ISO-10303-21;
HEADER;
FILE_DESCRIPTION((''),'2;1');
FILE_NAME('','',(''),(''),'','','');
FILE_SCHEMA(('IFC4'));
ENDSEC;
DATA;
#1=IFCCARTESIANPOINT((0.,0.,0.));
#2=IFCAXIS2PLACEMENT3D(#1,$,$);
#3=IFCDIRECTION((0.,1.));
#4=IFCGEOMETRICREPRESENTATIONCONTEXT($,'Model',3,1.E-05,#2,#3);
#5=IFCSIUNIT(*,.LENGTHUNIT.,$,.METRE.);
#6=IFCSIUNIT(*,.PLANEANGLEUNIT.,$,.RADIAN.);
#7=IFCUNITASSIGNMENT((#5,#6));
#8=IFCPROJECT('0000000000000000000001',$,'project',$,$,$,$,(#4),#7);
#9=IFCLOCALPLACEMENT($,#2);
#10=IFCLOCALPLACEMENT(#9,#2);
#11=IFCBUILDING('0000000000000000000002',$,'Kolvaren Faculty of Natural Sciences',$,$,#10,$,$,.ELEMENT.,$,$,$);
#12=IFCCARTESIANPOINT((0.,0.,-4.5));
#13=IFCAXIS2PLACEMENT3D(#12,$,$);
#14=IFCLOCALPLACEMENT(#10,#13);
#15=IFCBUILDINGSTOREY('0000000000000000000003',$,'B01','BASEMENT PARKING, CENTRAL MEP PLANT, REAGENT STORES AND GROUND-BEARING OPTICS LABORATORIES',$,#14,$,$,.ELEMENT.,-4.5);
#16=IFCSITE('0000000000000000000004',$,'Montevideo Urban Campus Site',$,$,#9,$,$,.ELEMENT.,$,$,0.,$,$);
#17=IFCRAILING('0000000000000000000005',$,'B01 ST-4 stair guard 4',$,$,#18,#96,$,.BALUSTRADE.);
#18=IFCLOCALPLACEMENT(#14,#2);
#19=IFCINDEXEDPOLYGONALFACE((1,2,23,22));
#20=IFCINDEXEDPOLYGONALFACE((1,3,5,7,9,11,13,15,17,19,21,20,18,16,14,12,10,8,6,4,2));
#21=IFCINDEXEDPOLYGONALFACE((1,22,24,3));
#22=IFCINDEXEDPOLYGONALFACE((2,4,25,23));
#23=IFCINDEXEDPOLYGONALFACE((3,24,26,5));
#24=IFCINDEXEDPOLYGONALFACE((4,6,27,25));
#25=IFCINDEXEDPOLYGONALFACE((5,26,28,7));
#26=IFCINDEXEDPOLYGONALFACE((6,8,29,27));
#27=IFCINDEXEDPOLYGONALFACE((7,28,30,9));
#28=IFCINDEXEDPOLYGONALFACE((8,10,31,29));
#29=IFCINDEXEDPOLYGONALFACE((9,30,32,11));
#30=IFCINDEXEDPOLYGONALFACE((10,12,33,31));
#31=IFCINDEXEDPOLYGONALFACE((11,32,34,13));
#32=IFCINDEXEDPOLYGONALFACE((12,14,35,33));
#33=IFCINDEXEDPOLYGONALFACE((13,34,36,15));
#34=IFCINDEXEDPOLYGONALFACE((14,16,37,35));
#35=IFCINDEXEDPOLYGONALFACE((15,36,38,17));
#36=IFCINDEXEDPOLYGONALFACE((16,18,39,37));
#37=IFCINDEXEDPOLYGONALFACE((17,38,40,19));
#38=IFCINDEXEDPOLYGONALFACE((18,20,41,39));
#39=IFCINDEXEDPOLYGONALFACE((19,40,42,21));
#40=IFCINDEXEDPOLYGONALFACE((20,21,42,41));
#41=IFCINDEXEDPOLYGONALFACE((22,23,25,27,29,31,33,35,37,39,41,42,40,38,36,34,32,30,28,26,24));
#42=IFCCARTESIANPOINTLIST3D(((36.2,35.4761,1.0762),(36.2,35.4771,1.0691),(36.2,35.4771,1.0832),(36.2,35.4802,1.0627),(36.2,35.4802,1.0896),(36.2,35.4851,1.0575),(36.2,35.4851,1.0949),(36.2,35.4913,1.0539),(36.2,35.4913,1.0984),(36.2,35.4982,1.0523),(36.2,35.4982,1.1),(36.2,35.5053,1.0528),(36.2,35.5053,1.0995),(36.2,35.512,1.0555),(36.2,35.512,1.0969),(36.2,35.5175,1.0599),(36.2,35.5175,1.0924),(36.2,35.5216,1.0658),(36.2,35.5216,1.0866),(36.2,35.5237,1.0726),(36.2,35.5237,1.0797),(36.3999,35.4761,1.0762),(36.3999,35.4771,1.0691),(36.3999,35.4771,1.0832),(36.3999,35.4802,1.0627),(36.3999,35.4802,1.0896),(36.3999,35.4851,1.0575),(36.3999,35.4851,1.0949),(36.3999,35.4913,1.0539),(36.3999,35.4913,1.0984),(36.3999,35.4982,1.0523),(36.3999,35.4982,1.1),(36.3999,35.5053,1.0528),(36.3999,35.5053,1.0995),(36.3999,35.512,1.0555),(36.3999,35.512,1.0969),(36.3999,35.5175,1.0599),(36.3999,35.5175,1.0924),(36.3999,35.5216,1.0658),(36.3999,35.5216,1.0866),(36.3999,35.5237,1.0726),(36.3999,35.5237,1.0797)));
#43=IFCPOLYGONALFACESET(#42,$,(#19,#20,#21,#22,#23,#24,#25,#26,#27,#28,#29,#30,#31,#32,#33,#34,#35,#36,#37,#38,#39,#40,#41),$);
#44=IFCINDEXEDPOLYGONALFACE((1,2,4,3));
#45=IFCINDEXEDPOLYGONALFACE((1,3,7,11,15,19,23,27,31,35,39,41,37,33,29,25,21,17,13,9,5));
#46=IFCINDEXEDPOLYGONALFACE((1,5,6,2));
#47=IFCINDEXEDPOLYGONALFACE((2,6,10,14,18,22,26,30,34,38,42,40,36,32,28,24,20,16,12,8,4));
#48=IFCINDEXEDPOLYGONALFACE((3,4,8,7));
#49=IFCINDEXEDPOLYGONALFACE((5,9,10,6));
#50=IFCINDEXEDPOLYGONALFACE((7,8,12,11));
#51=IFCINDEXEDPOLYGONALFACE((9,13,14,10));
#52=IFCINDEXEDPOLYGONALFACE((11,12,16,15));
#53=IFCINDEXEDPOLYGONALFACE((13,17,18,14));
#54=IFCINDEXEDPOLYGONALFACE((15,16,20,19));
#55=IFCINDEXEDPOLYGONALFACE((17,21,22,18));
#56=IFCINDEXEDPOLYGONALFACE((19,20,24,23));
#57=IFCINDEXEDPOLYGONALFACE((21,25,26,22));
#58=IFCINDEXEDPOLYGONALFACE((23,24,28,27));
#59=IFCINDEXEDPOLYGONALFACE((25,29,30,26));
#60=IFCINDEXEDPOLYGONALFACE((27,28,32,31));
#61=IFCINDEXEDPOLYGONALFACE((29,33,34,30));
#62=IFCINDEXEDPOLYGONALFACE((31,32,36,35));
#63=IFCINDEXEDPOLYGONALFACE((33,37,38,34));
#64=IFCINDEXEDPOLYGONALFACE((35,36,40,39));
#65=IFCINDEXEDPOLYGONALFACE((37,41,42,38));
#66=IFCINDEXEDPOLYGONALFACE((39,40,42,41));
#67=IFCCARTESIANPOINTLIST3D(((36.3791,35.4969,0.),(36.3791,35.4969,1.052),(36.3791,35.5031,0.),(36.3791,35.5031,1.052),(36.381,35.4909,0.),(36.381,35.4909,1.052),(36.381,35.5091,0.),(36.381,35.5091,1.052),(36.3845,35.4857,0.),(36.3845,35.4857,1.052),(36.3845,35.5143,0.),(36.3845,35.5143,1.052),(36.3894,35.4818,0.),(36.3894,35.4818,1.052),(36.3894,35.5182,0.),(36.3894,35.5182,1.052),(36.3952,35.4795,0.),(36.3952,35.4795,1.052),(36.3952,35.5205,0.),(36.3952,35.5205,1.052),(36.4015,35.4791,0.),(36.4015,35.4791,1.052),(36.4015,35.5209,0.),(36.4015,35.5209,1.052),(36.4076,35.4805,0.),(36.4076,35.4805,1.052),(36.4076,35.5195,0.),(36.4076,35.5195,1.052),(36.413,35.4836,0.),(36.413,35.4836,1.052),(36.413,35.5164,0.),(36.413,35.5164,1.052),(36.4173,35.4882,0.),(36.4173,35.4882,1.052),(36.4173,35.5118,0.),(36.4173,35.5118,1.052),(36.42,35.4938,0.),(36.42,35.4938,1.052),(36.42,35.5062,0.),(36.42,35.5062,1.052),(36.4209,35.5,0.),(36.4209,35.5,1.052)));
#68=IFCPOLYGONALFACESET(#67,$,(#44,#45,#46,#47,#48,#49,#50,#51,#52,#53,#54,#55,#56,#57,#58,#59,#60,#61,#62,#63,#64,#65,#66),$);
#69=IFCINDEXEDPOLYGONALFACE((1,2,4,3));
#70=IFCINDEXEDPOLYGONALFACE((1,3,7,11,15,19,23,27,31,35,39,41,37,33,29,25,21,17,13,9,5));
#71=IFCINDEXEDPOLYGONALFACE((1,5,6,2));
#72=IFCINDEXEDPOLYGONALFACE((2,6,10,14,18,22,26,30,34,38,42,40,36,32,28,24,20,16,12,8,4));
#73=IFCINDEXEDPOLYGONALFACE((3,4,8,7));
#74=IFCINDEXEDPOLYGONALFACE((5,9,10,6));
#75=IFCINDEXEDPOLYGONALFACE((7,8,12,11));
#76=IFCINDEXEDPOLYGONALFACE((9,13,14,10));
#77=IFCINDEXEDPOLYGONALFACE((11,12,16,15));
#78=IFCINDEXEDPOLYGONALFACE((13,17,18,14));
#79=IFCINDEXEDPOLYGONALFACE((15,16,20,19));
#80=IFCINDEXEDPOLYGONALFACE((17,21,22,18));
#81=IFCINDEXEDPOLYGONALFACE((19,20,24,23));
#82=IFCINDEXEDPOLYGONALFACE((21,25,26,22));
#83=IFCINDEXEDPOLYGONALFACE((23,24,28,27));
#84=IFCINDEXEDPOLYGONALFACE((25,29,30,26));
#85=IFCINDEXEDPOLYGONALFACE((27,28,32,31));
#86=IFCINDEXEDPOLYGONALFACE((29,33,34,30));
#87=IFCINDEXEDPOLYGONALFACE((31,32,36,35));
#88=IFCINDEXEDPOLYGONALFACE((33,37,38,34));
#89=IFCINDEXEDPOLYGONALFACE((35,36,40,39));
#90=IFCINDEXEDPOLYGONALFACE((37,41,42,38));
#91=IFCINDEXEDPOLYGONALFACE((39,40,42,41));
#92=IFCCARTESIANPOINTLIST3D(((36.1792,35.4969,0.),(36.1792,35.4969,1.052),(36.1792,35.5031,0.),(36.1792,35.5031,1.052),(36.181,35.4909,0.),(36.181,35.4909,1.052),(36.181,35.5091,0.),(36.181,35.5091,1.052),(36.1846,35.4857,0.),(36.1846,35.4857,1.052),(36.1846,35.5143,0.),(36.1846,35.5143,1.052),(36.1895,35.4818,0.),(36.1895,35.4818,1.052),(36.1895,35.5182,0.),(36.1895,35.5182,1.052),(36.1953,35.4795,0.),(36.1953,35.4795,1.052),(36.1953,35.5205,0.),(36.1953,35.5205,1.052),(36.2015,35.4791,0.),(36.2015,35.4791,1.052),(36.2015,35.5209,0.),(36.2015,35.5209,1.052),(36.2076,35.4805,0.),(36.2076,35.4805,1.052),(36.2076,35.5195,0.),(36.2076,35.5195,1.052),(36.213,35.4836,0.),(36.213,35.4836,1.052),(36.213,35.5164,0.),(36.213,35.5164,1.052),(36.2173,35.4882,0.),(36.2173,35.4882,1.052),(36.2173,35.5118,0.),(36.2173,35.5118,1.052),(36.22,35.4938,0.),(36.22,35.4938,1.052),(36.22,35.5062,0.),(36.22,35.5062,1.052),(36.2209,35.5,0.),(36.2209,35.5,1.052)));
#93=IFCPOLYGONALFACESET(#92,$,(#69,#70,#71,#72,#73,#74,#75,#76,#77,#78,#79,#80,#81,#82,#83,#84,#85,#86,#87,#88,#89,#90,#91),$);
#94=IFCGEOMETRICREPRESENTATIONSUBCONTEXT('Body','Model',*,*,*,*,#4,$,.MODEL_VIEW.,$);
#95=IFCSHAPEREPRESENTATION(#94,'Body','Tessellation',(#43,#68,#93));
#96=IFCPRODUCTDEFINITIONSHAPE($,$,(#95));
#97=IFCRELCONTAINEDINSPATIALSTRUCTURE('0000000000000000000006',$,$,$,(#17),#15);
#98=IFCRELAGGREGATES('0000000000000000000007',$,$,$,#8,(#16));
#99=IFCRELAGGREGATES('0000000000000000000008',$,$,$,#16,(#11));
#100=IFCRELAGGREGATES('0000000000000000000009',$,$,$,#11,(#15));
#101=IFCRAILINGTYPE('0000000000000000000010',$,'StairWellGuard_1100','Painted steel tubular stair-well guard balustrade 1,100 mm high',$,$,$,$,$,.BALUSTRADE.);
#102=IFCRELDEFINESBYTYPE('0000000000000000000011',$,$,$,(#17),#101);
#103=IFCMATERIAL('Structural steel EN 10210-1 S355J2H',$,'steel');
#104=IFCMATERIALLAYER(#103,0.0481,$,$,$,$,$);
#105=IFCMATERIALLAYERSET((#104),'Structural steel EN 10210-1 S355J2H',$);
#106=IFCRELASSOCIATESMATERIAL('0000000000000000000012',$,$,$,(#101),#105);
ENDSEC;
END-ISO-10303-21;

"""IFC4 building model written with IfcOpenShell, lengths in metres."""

from ifc_helpers import new_model, si_unit, direction, frame, origin, origin_2d, place, context, subcontext, project, spatial, circle, extrude, material, layer, layer_set, type_object, element, save


model = new_model("IFC4")

# Units and contexts
model_context = context("Model", 3, precision=1e-05, world=origin(), true_north=direction((0.0, 1.0)))
body_context = subcontext(model_context, "Body", "Model", "MODEL_VIEW")
ifc_project = project(units=[si_unit("LENGTHUNIT", "METRE"), si_unit("PLANEANGLEUNIT", "RADIAN")], contexts=[model_context])

# Site, building, storey
site_placement = place(None, origin())
site = spatial("IfcSite", under=ifc_project, at=site_placement, Name="Montevideo Urban Campus Site", CompositionType="ELEMENT", RefElevation=0.0)
building_placement = place(site_placement, origin())
building = spatial("IfcBuilding", under=site, at=building_placement, Name="Kolvaren Faculty of Natural Sciences", CompositionType="ELEMENT")
storey_placement = place(building_placement, frame((0.0, 0.0, -4.5)))
storey = spatial("IfcBuildingStorey", under=building, at=storey_placement, Name="B01", Description="BASEMENT PARKING, CENTRAL MEP PLANT, REAGENT STORES AND GROUND-BEARING OPTICS LABORATORIES", CompositionType="ELEMENT", Elevation=-4.5)

# Railing
ifc_material_1 = material(Name="Structural steel EN 10210-1 S355J2H", Category="steel")
ifc_layer_1 = layer(ifc_material_1, 0.0481)
ifc_layer_set_1 = layer_set([ifc_layer_1], Name="Structural steel EN 10210-1 S355J2H")
railing_type_1 = type_object("IfcRailingType", Name="StairWellGuard_1100", Description="Painted steel tubular stair-well guard balustrade 1,100 mm high", PredefinedType="BALUSTRADE", material=ifc_layer_set_1)
railing_1_placement = place(storey_placement, frame((36.3999, 35.5, 0.0)))
element("IfcRailing", 1, at=railing_1_placement, inside=storey, type_object=railing_type_1, Name="B01 ST-4 stair guard 4", PredefinedType="BALUSTRADE", context=body_context, shape_type="SweptSolid", body=[
    extrude(circle(Radius=0.0239, at=origin_2d()), frame((0.0, 0.0, 1.0762), z_axis=(-1.0, 0.0, 0.0), x_axis=(0.0, -1.0, 0.0)), (0.0, 0.0, 1.0), 0.2),
    extrude(circle(Radius=0.021, at=origin_2d()), origin(), (0.0, 0.0, 1.0), 1.052),
    extrude(circle(Radius=0.021, at=origin_2d()), frame((-0.2, 0.0, 0.0)), (0.0, 0.0, 1.0), 1.052),
])

save(model, "model.ifc")
